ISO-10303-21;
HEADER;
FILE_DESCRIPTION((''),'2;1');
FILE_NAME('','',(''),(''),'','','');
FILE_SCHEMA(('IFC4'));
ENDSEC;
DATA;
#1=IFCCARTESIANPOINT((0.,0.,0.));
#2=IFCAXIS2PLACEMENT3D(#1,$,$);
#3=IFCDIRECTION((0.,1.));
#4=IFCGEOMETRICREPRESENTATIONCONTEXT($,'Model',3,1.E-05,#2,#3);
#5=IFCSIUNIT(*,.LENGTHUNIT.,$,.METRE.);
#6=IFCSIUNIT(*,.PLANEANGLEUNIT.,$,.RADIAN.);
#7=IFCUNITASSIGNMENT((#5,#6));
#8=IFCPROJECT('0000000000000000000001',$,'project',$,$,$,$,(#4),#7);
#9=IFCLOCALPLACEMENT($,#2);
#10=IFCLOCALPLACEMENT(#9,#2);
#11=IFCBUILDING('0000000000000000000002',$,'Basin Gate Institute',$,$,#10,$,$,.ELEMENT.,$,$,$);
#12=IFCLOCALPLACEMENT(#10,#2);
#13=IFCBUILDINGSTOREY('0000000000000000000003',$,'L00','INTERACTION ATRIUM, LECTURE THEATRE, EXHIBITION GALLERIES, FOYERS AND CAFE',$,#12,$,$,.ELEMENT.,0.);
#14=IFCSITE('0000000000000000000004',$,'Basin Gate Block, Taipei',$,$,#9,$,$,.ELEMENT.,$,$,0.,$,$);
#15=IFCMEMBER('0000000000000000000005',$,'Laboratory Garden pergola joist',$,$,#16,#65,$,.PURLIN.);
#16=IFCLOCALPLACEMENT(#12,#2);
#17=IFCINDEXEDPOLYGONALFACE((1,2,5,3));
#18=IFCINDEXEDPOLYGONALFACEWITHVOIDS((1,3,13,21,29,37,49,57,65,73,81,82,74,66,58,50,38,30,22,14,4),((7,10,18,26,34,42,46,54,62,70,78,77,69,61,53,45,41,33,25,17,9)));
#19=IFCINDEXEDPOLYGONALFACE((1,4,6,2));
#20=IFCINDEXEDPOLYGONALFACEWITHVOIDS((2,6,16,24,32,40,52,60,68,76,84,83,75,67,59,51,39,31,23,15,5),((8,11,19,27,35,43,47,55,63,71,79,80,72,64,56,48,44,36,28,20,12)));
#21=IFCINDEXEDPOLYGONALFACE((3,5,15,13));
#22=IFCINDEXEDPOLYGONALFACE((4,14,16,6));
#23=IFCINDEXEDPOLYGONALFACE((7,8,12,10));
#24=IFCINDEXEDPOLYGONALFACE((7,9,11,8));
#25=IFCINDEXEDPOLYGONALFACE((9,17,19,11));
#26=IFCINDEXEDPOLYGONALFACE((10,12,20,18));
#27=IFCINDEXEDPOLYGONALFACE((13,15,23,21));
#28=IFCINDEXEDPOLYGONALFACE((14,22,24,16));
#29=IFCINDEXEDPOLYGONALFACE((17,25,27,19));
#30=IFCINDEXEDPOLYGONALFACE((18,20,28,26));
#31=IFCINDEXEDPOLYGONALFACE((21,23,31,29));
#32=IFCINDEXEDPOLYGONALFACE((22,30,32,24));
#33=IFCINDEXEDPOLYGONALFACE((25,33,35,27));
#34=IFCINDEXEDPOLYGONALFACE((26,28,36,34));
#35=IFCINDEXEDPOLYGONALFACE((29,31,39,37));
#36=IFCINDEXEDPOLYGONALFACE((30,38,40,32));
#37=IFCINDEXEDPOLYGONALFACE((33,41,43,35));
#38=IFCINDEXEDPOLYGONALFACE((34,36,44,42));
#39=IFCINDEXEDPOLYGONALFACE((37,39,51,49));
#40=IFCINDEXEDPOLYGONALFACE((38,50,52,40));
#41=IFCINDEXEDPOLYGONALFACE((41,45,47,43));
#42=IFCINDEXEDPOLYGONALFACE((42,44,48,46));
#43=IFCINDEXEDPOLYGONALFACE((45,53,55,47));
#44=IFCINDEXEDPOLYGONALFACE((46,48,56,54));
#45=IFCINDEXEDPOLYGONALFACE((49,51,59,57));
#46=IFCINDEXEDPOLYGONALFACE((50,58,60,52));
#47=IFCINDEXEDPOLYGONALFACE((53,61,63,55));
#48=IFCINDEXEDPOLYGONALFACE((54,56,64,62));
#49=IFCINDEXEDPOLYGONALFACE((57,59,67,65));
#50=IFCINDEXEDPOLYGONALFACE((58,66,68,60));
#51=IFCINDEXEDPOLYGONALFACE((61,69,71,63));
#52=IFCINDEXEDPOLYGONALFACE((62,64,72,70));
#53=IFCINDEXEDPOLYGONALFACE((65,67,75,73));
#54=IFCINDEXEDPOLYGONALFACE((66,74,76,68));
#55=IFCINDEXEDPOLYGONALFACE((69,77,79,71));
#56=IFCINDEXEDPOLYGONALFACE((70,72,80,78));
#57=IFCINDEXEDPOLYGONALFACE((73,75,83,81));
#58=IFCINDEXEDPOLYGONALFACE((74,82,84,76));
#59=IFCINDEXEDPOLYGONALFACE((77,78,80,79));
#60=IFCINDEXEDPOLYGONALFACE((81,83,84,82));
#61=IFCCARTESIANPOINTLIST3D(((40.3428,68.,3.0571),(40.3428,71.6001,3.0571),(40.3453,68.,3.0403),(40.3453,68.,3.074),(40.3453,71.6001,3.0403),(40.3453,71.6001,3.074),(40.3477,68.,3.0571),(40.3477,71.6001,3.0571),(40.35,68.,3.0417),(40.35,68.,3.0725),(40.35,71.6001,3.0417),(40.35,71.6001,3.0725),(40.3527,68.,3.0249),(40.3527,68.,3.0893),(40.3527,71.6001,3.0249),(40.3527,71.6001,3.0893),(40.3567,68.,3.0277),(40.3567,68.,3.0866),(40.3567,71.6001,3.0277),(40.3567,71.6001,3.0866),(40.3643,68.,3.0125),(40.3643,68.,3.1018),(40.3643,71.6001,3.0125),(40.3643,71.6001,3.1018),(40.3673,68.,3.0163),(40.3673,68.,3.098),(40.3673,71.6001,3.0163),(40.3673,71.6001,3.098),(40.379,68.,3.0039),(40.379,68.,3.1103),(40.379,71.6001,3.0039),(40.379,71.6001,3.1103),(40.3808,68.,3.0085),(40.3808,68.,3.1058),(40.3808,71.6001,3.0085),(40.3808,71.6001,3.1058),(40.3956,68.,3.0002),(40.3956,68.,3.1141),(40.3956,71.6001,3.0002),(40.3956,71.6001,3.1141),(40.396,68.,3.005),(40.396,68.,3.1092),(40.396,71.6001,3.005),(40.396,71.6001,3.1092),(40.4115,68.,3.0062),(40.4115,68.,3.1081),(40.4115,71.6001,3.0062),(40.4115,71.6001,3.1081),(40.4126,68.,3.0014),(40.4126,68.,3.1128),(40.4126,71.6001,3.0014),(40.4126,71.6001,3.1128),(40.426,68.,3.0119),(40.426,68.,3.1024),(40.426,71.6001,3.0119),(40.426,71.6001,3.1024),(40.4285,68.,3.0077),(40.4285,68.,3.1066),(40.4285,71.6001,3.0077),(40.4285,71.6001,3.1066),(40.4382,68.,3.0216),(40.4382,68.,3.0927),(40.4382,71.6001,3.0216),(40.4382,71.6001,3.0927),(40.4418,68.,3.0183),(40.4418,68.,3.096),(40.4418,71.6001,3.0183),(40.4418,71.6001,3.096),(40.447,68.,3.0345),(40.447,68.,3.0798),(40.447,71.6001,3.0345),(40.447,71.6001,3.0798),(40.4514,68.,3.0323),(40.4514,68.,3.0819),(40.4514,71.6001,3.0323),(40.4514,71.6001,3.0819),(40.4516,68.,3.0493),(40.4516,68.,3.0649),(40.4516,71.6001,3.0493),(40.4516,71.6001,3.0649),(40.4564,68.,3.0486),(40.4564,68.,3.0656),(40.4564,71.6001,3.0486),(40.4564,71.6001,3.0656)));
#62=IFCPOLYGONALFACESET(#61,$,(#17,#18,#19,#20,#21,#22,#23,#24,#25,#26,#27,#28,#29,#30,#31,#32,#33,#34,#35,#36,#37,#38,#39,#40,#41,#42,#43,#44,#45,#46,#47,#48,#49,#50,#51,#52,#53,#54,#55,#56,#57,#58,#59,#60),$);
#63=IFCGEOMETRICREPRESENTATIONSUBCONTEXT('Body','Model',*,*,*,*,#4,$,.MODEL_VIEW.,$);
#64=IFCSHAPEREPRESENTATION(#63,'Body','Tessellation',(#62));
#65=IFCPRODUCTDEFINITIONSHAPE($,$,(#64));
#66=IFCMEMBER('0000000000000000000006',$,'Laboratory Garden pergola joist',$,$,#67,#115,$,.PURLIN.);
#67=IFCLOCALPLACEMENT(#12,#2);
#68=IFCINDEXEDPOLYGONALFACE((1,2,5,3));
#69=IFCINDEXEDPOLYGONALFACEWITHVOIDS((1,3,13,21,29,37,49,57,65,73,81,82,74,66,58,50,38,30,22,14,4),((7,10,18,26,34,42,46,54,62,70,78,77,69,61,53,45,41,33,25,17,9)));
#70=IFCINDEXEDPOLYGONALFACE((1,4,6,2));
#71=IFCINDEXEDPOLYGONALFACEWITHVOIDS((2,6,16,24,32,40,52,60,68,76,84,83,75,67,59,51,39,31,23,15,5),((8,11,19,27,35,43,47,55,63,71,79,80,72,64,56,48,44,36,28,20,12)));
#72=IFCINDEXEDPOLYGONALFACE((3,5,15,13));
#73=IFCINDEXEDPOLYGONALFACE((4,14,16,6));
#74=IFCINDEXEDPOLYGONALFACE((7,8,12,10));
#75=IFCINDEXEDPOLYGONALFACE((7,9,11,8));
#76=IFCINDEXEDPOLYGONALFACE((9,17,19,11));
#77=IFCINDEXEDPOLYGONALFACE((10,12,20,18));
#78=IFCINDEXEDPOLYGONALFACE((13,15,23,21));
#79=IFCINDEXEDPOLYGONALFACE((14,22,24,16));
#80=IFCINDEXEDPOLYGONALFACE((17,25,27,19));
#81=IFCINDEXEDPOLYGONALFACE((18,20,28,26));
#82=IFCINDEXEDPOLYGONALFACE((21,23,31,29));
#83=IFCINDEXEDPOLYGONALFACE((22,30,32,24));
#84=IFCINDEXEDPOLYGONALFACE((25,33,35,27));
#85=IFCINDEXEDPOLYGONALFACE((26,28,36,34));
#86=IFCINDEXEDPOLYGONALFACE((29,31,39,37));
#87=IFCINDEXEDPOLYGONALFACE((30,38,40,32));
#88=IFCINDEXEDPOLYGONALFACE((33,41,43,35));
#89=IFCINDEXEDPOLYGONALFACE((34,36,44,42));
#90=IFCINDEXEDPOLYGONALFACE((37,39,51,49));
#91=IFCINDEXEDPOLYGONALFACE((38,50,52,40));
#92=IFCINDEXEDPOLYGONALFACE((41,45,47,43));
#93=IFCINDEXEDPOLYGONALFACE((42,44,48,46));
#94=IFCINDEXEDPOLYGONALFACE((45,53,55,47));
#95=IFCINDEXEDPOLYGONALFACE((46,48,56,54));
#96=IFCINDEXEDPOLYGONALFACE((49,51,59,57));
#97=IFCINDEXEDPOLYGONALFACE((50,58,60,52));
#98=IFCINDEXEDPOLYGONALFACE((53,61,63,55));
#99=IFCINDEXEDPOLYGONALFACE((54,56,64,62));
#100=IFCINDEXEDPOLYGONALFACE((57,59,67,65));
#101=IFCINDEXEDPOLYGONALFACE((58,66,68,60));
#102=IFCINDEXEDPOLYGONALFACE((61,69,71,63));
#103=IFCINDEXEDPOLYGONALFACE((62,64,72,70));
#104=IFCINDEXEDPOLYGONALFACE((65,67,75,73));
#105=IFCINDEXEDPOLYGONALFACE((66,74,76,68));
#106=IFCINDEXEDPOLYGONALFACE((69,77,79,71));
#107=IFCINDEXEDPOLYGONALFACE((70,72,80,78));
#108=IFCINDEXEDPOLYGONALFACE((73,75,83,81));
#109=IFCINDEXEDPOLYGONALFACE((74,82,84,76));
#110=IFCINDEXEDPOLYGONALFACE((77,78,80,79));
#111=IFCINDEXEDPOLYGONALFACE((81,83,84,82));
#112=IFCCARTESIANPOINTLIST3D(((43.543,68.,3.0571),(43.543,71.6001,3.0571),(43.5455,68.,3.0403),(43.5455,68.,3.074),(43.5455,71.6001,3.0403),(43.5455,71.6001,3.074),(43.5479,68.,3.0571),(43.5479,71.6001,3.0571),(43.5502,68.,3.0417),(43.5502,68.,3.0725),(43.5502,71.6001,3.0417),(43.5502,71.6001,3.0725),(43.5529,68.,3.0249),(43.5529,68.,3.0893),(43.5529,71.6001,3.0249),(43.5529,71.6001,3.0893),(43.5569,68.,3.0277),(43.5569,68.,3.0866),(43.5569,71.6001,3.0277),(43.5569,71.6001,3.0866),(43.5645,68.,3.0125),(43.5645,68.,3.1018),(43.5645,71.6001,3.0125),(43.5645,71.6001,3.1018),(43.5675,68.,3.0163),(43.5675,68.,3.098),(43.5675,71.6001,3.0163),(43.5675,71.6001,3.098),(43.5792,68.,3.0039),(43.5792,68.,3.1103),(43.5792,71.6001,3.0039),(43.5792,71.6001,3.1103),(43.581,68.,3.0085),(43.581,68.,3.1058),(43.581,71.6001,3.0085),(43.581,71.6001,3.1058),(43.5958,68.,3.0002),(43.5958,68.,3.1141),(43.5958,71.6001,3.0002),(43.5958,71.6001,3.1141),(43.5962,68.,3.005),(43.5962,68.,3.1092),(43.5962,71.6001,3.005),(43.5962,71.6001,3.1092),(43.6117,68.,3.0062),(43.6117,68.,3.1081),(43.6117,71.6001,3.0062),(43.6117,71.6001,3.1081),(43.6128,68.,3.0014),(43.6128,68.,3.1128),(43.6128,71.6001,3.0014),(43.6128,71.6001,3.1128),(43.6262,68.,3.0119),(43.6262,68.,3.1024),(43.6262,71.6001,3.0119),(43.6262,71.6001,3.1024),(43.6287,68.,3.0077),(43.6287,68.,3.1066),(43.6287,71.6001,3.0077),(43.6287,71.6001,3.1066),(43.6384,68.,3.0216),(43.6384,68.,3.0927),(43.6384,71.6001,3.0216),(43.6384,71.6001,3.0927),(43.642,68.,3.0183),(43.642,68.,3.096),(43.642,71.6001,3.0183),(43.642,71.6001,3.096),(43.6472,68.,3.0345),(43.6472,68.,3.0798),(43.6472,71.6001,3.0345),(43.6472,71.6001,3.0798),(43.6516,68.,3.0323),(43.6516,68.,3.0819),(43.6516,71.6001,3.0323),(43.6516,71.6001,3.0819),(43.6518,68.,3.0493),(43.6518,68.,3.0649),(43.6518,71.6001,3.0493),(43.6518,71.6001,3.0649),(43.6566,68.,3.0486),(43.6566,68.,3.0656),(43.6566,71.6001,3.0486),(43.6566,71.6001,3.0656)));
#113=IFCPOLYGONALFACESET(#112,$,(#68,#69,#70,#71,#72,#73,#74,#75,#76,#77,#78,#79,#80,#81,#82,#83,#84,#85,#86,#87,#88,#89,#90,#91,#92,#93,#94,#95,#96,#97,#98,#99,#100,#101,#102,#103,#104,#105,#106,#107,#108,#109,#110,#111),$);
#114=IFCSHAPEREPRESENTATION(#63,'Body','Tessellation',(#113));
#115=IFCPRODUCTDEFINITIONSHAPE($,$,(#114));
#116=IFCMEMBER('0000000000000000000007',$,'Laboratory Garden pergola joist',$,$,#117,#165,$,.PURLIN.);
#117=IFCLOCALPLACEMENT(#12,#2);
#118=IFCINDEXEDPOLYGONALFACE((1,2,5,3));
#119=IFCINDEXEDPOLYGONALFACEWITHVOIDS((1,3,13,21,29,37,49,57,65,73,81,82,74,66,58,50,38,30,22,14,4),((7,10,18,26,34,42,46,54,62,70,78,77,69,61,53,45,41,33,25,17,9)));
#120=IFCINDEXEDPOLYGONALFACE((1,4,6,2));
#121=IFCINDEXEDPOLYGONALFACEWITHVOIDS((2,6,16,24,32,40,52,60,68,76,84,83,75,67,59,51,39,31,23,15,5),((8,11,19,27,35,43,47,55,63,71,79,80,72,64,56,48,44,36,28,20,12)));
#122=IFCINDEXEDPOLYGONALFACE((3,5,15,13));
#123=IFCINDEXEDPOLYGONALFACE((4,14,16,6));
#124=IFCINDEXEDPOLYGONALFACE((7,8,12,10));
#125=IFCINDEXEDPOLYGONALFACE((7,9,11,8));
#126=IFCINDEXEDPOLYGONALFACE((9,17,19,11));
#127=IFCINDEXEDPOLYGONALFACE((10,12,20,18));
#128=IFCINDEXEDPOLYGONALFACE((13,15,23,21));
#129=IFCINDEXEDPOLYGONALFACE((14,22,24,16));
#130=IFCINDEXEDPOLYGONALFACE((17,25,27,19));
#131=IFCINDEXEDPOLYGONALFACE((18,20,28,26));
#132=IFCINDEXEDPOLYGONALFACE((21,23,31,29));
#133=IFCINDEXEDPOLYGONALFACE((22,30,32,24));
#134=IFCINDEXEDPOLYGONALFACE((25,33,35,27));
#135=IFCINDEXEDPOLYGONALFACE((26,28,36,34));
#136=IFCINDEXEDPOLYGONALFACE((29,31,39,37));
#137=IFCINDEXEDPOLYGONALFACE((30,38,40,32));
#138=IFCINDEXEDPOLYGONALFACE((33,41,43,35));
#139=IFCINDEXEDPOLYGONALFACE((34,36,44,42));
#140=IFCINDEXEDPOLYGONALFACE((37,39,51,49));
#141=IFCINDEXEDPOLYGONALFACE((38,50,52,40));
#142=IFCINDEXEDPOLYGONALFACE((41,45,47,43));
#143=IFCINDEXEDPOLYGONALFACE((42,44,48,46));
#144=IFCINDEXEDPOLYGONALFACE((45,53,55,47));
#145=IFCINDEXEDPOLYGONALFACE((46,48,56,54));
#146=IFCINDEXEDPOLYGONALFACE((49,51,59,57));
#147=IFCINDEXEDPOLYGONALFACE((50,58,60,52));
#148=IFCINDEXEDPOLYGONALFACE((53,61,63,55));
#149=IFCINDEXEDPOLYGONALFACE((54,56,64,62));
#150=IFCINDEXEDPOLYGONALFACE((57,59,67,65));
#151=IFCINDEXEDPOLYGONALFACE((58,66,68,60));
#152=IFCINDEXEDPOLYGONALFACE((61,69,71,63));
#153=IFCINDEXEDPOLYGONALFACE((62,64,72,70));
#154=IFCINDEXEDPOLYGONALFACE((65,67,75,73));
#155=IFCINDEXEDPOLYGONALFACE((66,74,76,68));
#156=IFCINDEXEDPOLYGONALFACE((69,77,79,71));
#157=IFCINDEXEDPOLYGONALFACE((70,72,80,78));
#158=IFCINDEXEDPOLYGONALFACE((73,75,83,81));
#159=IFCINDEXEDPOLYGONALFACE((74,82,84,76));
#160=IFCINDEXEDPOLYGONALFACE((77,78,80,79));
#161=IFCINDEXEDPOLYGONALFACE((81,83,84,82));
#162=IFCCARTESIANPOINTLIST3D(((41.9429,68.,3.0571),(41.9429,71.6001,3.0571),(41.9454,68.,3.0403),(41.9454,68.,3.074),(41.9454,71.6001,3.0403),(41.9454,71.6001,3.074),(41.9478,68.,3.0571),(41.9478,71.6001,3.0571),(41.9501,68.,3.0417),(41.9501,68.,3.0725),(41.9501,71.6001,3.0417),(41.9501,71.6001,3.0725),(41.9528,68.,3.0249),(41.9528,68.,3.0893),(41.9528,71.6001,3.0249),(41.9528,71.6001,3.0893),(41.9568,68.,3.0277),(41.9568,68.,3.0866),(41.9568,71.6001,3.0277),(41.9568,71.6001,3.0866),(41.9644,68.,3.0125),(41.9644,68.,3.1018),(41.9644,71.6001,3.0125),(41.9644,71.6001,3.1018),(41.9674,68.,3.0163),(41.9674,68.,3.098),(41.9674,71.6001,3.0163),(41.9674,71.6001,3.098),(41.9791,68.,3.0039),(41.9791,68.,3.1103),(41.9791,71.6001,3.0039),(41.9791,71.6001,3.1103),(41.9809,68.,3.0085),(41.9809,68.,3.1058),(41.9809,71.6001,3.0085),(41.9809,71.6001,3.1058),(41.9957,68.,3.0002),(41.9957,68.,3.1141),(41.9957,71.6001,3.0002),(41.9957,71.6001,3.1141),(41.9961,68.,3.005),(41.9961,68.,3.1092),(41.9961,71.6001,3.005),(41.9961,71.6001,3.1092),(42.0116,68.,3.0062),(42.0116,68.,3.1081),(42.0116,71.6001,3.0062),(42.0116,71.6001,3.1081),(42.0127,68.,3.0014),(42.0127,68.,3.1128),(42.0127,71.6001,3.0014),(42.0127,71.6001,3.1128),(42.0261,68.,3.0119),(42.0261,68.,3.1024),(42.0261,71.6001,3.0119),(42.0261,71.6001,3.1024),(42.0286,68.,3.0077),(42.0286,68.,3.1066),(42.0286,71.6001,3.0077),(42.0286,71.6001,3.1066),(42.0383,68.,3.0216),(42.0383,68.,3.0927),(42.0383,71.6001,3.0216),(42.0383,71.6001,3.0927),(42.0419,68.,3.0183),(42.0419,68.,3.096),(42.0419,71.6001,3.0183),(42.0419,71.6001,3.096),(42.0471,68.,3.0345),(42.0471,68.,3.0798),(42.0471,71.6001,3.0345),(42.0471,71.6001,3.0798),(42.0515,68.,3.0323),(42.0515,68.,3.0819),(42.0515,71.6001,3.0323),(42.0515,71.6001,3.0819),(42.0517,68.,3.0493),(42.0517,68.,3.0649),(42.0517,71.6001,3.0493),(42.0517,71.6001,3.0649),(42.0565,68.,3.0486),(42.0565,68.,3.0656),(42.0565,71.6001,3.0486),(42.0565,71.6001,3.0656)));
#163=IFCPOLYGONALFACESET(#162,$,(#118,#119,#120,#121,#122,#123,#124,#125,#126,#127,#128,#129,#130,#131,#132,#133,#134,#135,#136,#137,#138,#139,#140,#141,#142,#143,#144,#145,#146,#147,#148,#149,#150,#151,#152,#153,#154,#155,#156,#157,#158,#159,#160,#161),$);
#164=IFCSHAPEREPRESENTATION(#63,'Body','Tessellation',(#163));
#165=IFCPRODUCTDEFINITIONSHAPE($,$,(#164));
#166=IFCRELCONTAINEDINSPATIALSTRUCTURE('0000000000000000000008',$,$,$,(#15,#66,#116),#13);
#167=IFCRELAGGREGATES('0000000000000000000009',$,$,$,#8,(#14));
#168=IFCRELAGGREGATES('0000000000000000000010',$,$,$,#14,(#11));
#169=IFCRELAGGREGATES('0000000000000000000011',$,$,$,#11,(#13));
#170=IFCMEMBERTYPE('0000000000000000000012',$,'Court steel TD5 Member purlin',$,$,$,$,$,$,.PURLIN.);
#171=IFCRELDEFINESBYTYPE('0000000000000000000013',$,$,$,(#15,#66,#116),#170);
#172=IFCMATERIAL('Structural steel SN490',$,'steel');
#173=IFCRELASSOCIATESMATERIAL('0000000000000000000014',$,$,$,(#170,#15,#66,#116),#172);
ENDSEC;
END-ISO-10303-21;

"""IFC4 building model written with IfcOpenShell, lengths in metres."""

from ifc_helpers import new_model, si_unit, direction, frame, origin, origin_2d, place, context, subcontext, project, spatial, hollow_circle, extrude, material, material_profile, profile_set, type_object, element, save


model = new_model("IFC4")

# Units and contexts
model_context = context("Model", 3, precision=1e-05, world=origin(), true_north=direction((0.0, 1.0)))
body_context = subcontext(model_context, "Body", "Model", "MODEL_VIEW")
ifc_project = project(units=[si_unit("LENGTHUNIT", "METRE"), si_unit("PLANEANGLEUNIT", "RADIAN")], contexts=[model_context])

# Site, building, storey
site_placement = place(None, origin())
site = spatial("IfcSite", under=ifc_project, at=site_placement, Name="Basin Gate Block, Taipei", CompositionType="ELEMENT", RefElevation=0.0)
building_placement = place(site_placement, origin())
building = spatial("IfcBuilding", under=site, at=building_placement, Name="Basin Gate Institute", CompositionType="ELEMENT")
storey_placement = place(building_placement, origin())
storey = spatial("IfcBuildingStorey", under=building, at=storey_placement, Name="L00", Description="INTERACTION ATRIUM, LECTURE THEATRE, EXHIBITION GALLERIES, FOYERS AND CAFE", CompositionType="ELEMENT", Elevation=0.0)

# Members
ifc_material_1 = material(Name="Structural steel SN490", Category="steel")
ifc_material_profile_1 = material_profile(ifc_material_1, hollow_circle(Radius=0.0571, WallThickness=0.0049, at=origin_2d()), Name="CHS114x5")
ifc_profile_set_1 = profile_set([ifc_material_profile_1], Name="Structural steel SN490")
member_type = type_object("IfcMemberType", Name="Court steel TD5 Member purlin", PredefinedType="PURLIN", material=ifc_profile_set_1)
for number, where, z_axis, x_axis, name in (
    (1, (40.3999, 68.0, 3.0571), (0.0, 1.0, 0.0), (-1.0, 0.0, 0.0), "Laboratory Garden pergola joist"),
    (2, (43.6001, 68.0, 3.0571), (0.0, 1.0, 0.0), (-1.0, 0.0, 0.0), "Laboratory Garden pergola joist"),
    (3, (42.0, 68.0, 3.0571), (0.0, 1.0, 0.0), (-1.0, 0.0, 0.0), "Laboratory Garden pergola joist"),
):
    element("IfcMember", number, at=place(storey_placement, frame(where, z_axis=z_axis, x_axis=x_axis)), inside=storey, type_object=member_type, material=ifc_profile_set_1, Name=name, PredefinedType="PURLIN", context=body_context, shape_type="SweptSolid", body=[
        extrude(hollow_circle(Radius=0.0571, WallThickness=0.0049, at=origin_2d()), origin(), (0.0, 0.0, 1.0), 3.6001),
    ])

save(model, "model.ifc")
